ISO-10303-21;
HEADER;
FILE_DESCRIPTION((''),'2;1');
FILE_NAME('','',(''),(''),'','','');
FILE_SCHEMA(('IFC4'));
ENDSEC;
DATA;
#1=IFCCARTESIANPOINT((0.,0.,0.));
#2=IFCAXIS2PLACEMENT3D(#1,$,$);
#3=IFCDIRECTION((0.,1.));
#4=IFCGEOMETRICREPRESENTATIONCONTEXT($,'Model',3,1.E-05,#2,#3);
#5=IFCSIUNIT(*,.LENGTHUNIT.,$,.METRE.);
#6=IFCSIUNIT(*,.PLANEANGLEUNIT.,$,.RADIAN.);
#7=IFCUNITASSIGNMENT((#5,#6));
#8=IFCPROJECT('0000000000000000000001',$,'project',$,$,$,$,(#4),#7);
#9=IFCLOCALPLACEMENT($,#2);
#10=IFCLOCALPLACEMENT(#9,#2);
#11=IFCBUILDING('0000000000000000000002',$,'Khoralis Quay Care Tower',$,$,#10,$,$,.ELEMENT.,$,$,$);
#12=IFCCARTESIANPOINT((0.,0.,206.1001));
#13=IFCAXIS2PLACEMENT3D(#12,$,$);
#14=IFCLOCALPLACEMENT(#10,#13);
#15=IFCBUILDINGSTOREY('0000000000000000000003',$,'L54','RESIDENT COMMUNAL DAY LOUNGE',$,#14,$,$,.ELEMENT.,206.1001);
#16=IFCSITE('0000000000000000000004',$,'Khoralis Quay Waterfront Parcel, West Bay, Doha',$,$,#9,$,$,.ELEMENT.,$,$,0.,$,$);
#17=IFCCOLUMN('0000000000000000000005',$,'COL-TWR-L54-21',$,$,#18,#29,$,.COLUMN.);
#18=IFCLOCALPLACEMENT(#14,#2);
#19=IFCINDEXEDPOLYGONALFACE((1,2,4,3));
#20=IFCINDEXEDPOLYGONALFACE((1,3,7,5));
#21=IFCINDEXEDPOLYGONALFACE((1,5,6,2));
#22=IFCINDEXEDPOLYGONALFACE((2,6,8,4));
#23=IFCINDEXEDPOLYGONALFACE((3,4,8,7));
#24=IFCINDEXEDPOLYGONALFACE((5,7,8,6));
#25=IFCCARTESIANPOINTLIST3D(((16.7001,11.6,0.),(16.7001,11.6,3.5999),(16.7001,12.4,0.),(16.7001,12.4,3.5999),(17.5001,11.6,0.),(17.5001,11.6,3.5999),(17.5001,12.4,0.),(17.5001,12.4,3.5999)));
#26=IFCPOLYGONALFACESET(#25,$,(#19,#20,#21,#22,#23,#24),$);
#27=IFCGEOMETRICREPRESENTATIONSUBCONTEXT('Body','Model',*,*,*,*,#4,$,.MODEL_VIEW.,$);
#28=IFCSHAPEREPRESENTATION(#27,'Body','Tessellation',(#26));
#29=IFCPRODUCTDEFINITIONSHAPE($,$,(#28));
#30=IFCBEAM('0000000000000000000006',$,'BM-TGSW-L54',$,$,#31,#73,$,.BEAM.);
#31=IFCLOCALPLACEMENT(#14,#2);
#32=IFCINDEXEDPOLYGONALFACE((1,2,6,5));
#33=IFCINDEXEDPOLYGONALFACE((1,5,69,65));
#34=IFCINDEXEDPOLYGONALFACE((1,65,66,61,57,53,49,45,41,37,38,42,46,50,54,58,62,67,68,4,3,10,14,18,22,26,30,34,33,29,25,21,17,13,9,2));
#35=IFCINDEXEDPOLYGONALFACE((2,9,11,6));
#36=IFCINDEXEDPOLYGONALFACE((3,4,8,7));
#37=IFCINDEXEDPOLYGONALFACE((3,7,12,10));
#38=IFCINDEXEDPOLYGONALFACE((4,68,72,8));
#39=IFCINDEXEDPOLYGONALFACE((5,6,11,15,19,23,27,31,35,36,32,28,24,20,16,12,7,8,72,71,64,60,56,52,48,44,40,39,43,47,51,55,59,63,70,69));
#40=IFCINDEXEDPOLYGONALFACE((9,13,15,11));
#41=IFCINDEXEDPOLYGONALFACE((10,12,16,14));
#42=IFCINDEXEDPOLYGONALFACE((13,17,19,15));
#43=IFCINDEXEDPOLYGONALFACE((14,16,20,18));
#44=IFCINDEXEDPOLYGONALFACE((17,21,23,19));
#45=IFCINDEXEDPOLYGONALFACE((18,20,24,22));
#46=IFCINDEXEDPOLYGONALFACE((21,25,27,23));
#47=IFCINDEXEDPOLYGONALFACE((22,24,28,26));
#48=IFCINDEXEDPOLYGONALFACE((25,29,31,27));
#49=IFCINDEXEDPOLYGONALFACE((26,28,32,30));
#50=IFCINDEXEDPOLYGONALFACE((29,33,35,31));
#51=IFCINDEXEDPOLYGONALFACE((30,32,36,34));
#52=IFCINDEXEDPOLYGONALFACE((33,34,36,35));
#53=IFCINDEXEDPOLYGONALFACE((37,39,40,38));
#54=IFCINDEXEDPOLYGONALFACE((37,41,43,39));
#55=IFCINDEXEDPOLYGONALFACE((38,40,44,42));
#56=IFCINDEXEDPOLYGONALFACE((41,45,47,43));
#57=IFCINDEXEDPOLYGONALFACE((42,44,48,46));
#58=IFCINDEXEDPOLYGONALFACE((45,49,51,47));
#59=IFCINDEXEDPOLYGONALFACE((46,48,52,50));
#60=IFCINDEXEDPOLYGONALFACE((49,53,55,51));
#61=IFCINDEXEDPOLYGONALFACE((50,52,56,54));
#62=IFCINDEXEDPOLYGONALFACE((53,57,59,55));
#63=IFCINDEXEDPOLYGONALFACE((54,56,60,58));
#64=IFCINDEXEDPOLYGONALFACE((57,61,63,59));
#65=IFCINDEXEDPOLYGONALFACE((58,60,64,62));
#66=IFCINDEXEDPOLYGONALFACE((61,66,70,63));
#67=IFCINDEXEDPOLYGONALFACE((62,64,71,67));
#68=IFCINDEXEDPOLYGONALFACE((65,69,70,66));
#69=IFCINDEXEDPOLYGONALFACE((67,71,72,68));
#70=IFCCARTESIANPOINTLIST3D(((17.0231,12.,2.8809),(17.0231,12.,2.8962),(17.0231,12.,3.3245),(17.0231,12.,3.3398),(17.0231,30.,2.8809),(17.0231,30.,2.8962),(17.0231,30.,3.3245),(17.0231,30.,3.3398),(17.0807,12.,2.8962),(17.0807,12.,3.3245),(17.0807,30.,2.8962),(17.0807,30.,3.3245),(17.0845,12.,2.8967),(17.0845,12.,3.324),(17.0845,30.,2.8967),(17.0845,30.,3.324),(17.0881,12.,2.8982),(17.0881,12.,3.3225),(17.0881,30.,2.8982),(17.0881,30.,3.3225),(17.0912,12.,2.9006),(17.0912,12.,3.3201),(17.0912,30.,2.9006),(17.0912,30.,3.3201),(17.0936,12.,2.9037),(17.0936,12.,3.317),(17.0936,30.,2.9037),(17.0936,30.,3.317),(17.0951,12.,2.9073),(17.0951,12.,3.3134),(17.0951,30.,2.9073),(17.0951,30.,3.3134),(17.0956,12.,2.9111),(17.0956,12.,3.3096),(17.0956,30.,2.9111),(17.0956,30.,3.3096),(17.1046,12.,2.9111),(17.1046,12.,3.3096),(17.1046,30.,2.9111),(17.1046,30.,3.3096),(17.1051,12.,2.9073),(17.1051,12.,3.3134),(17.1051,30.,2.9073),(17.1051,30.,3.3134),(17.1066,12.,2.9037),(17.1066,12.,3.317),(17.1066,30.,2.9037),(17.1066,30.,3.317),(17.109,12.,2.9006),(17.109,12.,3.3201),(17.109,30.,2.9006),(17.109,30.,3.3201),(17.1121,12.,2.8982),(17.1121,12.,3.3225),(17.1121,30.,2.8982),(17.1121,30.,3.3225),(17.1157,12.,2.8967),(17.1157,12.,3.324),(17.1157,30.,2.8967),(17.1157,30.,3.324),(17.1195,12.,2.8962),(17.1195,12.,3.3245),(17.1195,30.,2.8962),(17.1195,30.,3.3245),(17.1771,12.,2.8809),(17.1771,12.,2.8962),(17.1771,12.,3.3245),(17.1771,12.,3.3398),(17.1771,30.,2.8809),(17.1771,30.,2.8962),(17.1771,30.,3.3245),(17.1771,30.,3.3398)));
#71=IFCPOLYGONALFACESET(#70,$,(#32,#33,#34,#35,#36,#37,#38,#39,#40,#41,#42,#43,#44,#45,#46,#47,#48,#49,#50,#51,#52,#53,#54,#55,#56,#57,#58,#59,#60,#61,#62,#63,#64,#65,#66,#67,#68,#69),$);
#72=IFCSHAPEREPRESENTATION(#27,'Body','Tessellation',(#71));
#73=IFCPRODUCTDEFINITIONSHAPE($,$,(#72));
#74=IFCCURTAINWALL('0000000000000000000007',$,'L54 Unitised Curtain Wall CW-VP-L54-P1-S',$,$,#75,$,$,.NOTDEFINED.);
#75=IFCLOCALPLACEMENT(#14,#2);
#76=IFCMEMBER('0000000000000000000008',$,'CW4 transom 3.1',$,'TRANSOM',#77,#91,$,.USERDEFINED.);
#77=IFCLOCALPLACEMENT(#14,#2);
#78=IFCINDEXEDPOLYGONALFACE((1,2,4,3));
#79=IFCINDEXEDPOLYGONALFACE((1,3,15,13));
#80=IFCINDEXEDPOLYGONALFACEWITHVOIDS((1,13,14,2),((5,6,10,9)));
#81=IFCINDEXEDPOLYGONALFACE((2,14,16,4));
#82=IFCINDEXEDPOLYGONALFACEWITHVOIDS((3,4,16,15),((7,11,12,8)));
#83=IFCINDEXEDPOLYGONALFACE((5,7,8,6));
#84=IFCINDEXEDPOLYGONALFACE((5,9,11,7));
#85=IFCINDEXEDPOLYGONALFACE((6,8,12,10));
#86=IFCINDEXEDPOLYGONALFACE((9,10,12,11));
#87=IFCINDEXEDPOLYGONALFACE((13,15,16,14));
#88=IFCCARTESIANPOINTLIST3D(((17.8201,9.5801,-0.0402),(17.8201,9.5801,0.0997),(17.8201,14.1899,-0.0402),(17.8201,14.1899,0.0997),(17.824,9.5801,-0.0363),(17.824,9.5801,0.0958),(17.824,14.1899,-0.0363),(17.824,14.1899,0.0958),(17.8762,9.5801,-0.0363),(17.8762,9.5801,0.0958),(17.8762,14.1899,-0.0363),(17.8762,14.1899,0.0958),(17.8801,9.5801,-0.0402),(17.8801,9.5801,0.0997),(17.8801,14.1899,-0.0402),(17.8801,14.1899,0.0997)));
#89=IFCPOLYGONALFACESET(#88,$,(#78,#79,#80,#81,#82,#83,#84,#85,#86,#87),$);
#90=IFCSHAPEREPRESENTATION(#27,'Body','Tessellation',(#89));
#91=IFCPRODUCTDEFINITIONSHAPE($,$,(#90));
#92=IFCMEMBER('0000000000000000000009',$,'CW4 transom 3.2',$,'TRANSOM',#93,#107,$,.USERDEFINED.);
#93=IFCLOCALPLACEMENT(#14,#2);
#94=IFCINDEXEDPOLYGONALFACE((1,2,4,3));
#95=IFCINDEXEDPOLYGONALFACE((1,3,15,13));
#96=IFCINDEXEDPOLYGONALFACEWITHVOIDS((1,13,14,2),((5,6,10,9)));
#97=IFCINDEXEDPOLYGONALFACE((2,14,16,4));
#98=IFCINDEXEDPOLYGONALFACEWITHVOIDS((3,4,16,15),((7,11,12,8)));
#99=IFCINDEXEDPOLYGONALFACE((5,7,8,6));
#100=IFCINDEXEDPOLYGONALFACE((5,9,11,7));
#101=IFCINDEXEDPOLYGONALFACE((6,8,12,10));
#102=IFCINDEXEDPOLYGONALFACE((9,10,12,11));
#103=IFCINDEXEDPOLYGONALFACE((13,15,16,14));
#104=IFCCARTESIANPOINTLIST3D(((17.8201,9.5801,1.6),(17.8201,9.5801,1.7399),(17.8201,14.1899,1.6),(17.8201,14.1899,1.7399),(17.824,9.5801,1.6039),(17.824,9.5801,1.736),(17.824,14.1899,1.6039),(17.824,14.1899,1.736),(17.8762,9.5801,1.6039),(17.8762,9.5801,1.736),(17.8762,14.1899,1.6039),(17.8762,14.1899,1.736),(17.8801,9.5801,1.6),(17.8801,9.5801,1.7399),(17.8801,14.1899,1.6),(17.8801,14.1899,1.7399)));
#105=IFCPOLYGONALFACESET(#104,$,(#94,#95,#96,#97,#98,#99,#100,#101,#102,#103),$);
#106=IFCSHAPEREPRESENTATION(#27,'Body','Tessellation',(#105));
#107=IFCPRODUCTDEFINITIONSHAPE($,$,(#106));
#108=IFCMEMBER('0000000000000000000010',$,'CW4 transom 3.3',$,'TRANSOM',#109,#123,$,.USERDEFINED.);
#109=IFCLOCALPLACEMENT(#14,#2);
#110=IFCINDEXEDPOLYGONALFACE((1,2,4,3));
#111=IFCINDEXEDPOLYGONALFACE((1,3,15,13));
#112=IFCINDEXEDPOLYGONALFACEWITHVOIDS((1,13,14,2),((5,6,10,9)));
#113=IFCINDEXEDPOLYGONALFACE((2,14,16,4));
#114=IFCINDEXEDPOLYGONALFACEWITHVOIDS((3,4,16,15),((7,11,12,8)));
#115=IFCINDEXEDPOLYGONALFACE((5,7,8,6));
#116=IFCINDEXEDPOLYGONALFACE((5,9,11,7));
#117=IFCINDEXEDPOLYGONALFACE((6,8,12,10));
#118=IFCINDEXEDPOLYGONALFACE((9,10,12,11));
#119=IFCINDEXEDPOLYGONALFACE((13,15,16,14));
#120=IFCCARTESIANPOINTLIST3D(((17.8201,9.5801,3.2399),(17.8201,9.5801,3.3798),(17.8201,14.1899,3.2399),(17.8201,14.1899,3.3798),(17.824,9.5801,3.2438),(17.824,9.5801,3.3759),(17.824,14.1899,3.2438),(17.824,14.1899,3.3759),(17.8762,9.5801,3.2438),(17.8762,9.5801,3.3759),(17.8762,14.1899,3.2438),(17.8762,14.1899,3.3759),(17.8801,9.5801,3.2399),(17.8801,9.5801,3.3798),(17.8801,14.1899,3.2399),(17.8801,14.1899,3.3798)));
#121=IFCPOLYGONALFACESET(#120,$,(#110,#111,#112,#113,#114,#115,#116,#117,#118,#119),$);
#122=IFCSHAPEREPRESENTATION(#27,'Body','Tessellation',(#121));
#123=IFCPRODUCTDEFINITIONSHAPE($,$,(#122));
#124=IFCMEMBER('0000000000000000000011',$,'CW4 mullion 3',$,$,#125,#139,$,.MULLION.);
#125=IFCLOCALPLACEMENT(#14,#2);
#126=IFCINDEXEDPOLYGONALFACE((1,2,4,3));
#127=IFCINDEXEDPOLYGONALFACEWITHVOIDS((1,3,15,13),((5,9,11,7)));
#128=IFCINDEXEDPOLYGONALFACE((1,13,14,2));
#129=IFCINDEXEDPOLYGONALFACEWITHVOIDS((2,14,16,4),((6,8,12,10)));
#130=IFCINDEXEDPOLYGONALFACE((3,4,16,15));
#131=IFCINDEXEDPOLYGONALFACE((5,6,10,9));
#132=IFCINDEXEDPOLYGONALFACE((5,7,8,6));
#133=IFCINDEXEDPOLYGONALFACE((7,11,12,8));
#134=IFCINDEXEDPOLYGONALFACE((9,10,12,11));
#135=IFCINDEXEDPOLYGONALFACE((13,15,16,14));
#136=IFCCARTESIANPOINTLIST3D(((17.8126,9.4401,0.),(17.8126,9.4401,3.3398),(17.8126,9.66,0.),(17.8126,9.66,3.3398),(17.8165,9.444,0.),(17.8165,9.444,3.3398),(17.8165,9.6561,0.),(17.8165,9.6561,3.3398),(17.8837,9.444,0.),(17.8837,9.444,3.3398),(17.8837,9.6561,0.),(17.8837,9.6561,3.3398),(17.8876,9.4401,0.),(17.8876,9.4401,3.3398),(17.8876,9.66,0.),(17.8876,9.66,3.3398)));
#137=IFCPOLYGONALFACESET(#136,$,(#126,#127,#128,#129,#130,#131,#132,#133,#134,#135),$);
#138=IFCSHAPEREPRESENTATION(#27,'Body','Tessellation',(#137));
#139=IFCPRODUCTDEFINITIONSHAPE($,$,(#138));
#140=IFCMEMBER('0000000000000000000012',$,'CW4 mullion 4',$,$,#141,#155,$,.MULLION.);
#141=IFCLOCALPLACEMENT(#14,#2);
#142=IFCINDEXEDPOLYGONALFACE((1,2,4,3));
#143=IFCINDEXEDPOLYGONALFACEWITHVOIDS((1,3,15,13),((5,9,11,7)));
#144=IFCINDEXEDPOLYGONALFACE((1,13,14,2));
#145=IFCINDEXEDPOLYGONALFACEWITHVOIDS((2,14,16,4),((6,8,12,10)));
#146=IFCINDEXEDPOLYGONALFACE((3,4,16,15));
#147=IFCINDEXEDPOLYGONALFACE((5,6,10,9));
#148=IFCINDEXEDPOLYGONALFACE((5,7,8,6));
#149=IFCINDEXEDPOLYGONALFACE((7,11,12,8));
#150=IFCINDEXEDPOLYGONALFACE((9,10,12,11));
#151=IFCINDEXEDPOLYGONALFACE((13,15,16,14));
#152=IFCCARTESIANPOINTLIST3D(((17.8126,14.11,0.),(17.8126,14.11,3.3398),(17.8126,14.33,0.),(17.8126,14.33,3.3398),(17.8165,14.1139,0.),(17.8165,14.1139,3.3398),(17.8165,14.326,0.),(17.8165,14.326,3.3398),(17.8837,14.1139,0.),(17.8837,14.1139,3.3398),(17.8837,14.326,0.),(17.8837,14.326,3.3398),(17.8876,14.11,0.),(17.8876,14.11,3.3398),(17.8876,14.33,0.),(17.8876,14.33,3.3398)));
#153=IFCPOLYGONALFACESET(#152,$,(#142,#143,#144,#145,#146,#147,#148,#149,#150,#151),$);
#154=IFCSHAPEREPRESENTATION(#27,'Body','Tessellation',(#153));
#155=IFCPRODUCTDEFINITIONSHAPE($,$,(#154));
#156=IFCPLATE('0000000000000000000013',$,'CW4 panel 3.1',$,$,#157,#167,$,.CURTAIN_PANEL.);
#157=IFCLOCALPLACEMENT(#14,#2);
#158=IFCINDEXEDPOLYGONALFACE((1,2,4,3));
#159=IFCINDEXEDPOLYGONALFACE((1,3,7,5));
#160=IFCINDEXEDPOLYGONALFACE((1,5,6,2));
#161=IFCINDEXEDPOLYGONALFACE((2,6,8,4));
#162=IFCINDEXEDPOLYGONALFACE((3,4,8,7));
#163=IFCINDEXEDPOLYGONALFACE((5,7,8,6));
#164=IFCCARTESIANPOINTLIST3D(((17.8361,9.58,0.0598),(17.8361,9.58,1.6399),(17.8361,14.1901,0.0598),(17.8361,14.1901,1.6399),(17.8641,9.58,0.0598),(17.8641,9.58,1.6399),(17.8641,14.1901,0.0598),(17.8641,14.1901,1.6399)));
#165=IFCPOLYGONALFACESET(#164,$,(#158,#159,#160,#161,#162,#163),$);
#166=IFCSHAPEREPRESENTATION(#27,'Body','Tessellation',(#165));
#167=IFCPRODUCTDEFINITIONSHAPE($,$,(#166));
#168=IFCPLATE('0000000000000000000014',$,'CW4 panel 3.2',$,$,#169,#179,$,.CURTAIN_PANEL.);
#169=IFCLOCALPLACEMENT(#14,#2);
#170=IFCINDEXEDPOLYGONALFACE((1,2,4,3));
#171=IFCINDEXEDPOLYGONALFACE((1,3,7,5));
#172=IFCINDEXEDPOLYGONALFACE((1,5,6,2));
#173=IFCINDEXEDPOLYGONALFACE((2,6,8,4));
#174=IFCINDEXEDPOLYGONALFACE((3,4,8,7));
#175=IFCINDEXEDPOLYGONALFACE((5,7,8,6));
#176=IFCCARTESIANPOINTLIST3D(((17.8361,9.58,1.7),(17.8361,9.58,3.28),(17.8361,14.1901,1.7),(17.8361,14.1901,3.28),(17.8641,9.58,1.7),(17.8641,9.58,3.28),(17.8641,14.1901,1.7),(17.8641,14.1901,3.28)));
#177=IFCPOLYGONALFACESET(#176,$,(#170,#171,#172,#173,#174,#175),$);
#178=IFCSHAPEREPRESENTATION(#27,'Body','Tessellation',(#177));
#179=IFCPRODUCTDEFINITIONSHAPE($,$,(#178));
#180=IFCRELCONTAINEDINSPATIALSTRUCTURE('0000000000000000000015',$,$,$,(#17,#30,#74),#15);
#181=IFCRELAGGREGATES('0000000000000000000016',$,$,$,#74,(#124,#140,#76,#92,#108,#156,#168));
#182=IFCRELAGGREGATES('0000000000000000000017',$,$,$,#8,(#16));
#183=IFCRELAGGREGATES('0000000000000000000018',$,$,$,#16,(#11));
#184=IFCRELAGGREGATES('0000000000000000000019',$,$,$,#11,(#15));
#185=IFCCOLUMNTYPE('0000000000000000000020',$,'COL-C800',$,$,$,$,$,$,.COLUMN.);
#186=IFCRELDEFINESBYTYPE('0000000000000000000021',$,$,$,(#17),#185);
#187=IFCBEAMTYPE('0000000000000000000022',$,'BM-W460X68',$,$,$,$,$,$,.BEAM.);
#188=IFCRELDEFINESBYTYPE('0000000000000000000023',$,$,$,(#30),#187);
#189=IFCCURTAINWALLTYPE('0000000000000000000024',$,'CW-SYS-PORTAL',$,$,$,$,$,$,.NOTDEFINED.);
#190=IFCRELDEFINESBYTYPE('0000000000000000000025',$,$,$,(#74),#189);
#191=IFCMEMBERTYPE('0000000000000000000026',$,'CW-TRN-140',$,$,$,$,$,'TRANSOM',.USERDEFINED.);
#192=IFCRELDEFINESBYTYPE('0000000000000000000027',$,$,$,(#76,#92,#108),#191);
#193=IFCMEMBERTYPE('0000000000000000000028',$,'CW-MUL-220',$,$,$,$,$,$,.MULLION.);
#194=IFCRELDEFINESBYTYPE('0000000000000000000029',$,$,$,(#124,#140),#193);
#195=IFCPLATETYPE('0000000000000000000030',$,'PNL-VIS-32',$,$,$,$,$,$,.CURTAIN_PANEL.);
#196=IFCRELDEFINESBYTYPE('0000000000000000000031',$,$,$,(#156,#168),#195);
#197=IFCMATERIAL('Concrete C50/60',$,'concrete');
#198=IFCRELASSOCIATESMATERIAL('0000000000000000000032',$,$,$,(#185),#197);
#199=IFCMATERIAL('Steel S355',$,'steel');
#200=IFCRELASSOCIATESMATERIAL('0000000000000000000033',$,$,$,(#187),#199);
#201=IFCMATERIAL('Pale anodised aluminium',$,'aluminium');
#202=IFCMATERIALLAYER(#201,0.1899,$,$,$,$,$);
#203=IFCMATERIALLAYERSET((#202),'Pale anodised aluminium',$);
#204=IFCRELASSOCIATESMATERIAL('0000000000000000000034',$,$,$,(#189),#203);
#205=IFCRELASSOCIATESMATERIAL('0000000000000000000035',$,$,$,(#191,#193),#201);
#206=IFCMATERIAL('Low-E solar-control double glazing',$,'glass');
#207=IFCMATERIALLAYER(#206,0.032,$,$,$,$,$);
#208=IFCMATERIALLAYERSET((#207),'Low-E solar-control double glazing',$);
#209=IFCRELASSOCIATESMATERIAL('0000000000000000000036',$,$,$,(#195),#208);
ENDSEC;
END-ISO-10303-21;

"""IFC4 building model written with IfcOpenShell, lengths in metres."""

from ifc_helpers import new_model, si_unit, direction, frame, origin, origin_2d, place, context, subcontext, project, spatial, rectangle, hollow_rectangle, i_section, extrude, source, transform, mapped, material, layer, layer_set, material_profile, profile_set, type_object, element, aggregate, save


model = new_model("IFC4")

# Units and contexts
model_context = context("Model", 3, precision=1e-05, world=origin(), true_north=direction((0.0, 1.0)))
body_context = subcontext(model_context, "Body", "Model", "MODEL_VIEW")
ifc_project = project(units=[si_unit("LENGTHUNIT", "METRE"), si_unit("PLANEANGLEUNIT", "RADIAN")], contexts=[model_context])

# Site, building, storey
site_placement = place(None, origin())
site = spatial("IfcSite", under=ifc_project, at=site_placement, Name="Khoralis Quay Waterfront Parcel, West Bay, Doha", CompositionType="ELEMENT", RefElevation=0.0)
building_placement = place(site_placement, origin())
building = spatial("IfcBuilding", under=site, at=building_placement, Name="Khoralis Quay Care Tower", CompositionType="ELEMENT")
storey_placement = place(building_placement, frame((0.0, 0.0, 206.1001)))
storey = spatial("IfcBuildingStorey", under=building, at=storey_placement, Name="L54", Description="RESIDENT COMMUNAL DAY LOUNGE", CompositionType="ELEMENT", Elevation=206.1001)

# Column
ifc_material_1 = material(Name="Concrete C50/60", Category="concrete")
ifc_material_profile_1 = material_profile(ifc_material_1, rectangle(XDim=0.8, YDim=0.8, at=origin_2d()), Name="Concrete C50/60")
ifc_profile_set_1 = profile_set([ifc_material_profile_1], Name="Concrete C50/60")
column_type = type_object("IfcColumnType", Name="COL-C800", PredefinedType="COLUMN", material=ifc_profile_set_1)
shared_shape_1 = source(origin(), body_context, "Body", "SweptSolid", [
    extrude(rectangle(XDim=0.8, YDim=0.8, at=origin_2d()), origin(), (0.0, 0.0, 1.0), 3.5999),
])
column_placement = place(storey_placement, frame((17.1001, 12.0, 0.0), z_axis=(0.0, 0.0, 1.0), x_axis=(1.0, 0.0, 0.0)))
element("IfcColumn", 1, at=column_placement, inside=storey, type_object=column_type, Name="COL-TWR-L54-21", PredefinedType="COLUMN", context=body_context, shape_type="MappedRepresentation", body=[
    mapped(shared_shape_1, transform((0.0, 0.0, 0.0), scale=1.0)),
])

# Beam
ifc_material_2 = material(Name="Steel S355", Category="steel")
ifc_material_profile_2 = material_profile(ifc_material_2, i_section(OverallWidth=0.1541, OverallDepth=0.459, WebThickness=0.009, FlangeThickness=0.0154, FilletRadius=0.0149, at=origin_2d()), Name="Steel S355")
ifc_profile_set_2 = profile_set([ifc_material_profile_2], Name="Steel S355")
beam_type = type_object("IfcBeamType", Name="BM-W460X68", PredefinedType="BEAM", material=ifc_profile_set_2)
shared_shape_2 = source(origin(), body_context, "Body", "SweptSolid", [
    extrude(i_section(OverallWidth=0.1541, OverallDepth=0.459, WebThickness=0.009, FlangeThickness=0.0154, FilletRadius=0.0149, at=origin_2d()), origin(), (0.0, 0.0, 1.0), 18.0),
])
beam_placement = place(storey_placement, frame((17.1001, 12.0, 3.1104), z_axis=(0.0, 1.0, 0.0), x_axis=(-1.0, 0.0, 0.0)))
element("IfcBeam", 2, at=beam_placement, inside=storey, type_object=beam_type, Name="BM-TGSW-L54", PredefinedType="BEAM", context=body_context, shape_type="MappedRepresentation", body=[
    mapped(shared_shape_2, transform((0.0, 0.0, 0.0), scale=1.0)),
])

# Curtain wall, members, plates
ifc_material_3 = material(Name="Pale anodised aluminium", Category="aluminium")
ifc_layer_1 = layer(ifc_material_3, 0.1899)
ifc_layer_set_1 = layer_set([ifc_layer_1], Name="Pale anodised aluminium")
curtain_wall_type = type_object("IfcCurtainWallType", Name="CW-SYS-PORTAL", PredefinedType="NOTDEFINED", material=ifc_layer_set_1)
curtain_wall_placement = place(storey_placement, origin())
curtain_wall = element("IfcCurtainWall", 3, at=curtain_wall_placement, inside=storey, type_object=curtain_wall_type, Name="L54 Unitised Curtain Wall CW-VP-L54-P1-S", PredefinedType="NOTDEFINED")
ifc_material_profile_3 = material_profile(ifc_material_3, hollow_rectangle(XDim=0.0601, YDim=0.1399, WallThickness=0.0039, at=origin_2d()), Name="Pale anodised aluminium")
ifc_profile_set_3 = profile_set([ifc_material_profile_3], Name="Pale anodised aluminium")
member_type_1 = type_object("IfcMemberType", Name="CW-TRN-140", ElementType="TRANSOM", PredefinedType="USERDEFINED", material=ifc_profile_set_3)
shared_shape_3 = source(origin(), body_context, "Body", "SweptSolid", [
    extrude(hollow_rectangle(XDim=0.0601, YDim=0.1399, WallThickness=0.0039, at=origin_2d()), origin(), (0.0, 0.0, 1.0), 4.6099),
])
member_1_placement = place(storey_placement, frame((17.8501, 9.5801, 0.0298), z_axis=(0.0, 1.0, 0.0), x_axis=(-1.0, 0.0, 0.0)))
member_1 = element("IfcMember", 4, at=member_1_placement, type_object=member_type_1, Name="CW4 transom 3.1", ObjectType="TRANSOM", PredefinedType="USERDEFINED", context=body_context, shape_type="MappedRepresentation", body=[
    mapped(shared_shape_3, transform((0.0, 0.0, 0.0), scale=1.0)),
])
member_2_placement = place(storey_placement, frame((17.8501, 9.5801, 1.6699), z_axis=(0.0, 1.0, 0.0), x_axis=(-1.0, 0.0, 0.0)))
member_2 = element("IfcMember", 5, at=member_2_placement, type_object=member_type_1, Name="CW4 transom 3.2", ObjectType="TRANSOM", PredefinedType="USERDEFINED", context=body_context, shape_type="MappedRepresentation", body=[
    mapped(shared_shape_3, transform((0.0, 0.0, 0.0), scale=1.0)),
])
member_3_placement = place(storey_placement, frame((17.8501, 9.5801, 3.3098), z_axis=(0.0, 1.0, 0.0), x_axis=(-1.0, 0.0, 0.0)))
member_3 = element("IfcMember", 6, at=member_3_placement, type_object=member_type_1, Name="CW4 transom 3.3", ObjectType="TRANSOM", PredefinedType="USERDEFINED", context=body_context, shape_type="MappedRepresentation", body=[
    mapped(shared_shape_3, transform((0.0, 0.0, 0.0), scale=1.0)),
])
ifc_material_profile_4 = material_profile(ifc_material_3, hollow_rectangle(XDim=0.075, YDim=0.22, WallThickness=0.0039, at=origin_2d()), Name="Pale anodised aluminium")
ifc_profile_set_4 = profile_set([ifc_material_profile_4], Name="Pale anodised aluminium")
member_type_2 = type_object("IfcMemberType", Name="CW-MUL-220", PredefinedType="MULLION", material=ifc_profile_set_4)
shared_shape_4 = source(origin(), body_context, "Body", "SweptSolid", [
    extrude(hollow_rectangle(XDim=0.075, YDim=0.22, WallThickness=0.0039, at=origin_2d()), origin(), (0.0, 0.0, 1.0), 3.3398),
])
member_4_placement = place(storey_placement, frame((17.8501, 9.55, 0.0), z_axis=(0.0, 0.0, 1.0), x_axis=(-1.0, 0.0, 0.0)))
member_4 = element("IfcMember", 7, at=member_4_placement, type_object=member_type_2, Name="CW4 mullion 3", PredefinedType="MULLION", context=body_context, shape_type="MappedRepresentation", body=[
    mapped(shared_shape_4, transform((0.0, 0.0, 0.0), scale=1.0)),
])
member_5_placement = place(storey_placement, frame((17.8501, 14.22, 0.0), z_axis=(0.0, 0.0, 1.0), x_axis=(-1.0, 0.0, 0.0)))
member_5 = element("IfcMember", 8, at=member_5_placement, type_object=member_type_2, Name="CW4 mullion 4", PredefinedType="MULLION", context=body_context, shape_type="MappedRepresentation", body=[
    mapped(shared_shape_4, transform((0.0, 0.0, 0.0), scale=1.0)),
])
ifc_material_4 = material(Name="Low-E solar-control double glazing", Category="glass")
ifc_layer_2 = layer(ifc_material_4, 0.032)
ifc_layer_set_2 = layer_set([ifc_layer_2], Name="Low-E solar-control double glazing")
plate_type = type_object("IfcPlateType", Name="PNL-VIS-32", PredefinedType="CURTAIN_PANEL", material=ifc_layer_set_2)
shared_shape_5 = source(origin(), body_context, "Body", "SweptSolid", [
    extrude(rectangle(XDim=4.6101, YDim=0.0281, at=origin_2d()), origin(), (0.0, 0.0, 1.0), 1.5801),
])
plate_1_placement = place(storey_placement, frame((17.8501, 11.885, 0.0598), z_axis=(0.0, 0.0, 1.0), x_axis=(0.0, 1.0, 0.0)))
plate_1 = element("IfcPlate", 9, at=plate_1_placement, type_object=plate_type, Name="CW4 panel 3.1", PredefinedType="CURTAIN_PANEL", context=body_context, shape_type="MappedRepresentation", body=[
    mapped(shared_shape_5, transform((0.0, 0.0, 0.0), scale=1.0)),
])
plate_2_placement = place(storey_placement, frame((17.8501, 11.885, 1.7), z_axis=(0.0, 0.0, 1.0), x_axis=(0.0, 1.0, 0.0)))
plate_2 = element("IfcPlate", 10, at=plate_2_placement, type_object=plate_type, Name="CW4 panel 3.2", PredefinedType="CURTAIN_PANEL", context=body_context, shape_type="MappedRepresentation", body=[
    mapped(shared_shape_5, transform((0.0, 0.0, 0.0), scale=1.0)),
])
aggregate(curtain_wall, [member_4, member_5, member_1, member_2, member_3, plate_1, plate_2])

save(model, "model.ifc")
